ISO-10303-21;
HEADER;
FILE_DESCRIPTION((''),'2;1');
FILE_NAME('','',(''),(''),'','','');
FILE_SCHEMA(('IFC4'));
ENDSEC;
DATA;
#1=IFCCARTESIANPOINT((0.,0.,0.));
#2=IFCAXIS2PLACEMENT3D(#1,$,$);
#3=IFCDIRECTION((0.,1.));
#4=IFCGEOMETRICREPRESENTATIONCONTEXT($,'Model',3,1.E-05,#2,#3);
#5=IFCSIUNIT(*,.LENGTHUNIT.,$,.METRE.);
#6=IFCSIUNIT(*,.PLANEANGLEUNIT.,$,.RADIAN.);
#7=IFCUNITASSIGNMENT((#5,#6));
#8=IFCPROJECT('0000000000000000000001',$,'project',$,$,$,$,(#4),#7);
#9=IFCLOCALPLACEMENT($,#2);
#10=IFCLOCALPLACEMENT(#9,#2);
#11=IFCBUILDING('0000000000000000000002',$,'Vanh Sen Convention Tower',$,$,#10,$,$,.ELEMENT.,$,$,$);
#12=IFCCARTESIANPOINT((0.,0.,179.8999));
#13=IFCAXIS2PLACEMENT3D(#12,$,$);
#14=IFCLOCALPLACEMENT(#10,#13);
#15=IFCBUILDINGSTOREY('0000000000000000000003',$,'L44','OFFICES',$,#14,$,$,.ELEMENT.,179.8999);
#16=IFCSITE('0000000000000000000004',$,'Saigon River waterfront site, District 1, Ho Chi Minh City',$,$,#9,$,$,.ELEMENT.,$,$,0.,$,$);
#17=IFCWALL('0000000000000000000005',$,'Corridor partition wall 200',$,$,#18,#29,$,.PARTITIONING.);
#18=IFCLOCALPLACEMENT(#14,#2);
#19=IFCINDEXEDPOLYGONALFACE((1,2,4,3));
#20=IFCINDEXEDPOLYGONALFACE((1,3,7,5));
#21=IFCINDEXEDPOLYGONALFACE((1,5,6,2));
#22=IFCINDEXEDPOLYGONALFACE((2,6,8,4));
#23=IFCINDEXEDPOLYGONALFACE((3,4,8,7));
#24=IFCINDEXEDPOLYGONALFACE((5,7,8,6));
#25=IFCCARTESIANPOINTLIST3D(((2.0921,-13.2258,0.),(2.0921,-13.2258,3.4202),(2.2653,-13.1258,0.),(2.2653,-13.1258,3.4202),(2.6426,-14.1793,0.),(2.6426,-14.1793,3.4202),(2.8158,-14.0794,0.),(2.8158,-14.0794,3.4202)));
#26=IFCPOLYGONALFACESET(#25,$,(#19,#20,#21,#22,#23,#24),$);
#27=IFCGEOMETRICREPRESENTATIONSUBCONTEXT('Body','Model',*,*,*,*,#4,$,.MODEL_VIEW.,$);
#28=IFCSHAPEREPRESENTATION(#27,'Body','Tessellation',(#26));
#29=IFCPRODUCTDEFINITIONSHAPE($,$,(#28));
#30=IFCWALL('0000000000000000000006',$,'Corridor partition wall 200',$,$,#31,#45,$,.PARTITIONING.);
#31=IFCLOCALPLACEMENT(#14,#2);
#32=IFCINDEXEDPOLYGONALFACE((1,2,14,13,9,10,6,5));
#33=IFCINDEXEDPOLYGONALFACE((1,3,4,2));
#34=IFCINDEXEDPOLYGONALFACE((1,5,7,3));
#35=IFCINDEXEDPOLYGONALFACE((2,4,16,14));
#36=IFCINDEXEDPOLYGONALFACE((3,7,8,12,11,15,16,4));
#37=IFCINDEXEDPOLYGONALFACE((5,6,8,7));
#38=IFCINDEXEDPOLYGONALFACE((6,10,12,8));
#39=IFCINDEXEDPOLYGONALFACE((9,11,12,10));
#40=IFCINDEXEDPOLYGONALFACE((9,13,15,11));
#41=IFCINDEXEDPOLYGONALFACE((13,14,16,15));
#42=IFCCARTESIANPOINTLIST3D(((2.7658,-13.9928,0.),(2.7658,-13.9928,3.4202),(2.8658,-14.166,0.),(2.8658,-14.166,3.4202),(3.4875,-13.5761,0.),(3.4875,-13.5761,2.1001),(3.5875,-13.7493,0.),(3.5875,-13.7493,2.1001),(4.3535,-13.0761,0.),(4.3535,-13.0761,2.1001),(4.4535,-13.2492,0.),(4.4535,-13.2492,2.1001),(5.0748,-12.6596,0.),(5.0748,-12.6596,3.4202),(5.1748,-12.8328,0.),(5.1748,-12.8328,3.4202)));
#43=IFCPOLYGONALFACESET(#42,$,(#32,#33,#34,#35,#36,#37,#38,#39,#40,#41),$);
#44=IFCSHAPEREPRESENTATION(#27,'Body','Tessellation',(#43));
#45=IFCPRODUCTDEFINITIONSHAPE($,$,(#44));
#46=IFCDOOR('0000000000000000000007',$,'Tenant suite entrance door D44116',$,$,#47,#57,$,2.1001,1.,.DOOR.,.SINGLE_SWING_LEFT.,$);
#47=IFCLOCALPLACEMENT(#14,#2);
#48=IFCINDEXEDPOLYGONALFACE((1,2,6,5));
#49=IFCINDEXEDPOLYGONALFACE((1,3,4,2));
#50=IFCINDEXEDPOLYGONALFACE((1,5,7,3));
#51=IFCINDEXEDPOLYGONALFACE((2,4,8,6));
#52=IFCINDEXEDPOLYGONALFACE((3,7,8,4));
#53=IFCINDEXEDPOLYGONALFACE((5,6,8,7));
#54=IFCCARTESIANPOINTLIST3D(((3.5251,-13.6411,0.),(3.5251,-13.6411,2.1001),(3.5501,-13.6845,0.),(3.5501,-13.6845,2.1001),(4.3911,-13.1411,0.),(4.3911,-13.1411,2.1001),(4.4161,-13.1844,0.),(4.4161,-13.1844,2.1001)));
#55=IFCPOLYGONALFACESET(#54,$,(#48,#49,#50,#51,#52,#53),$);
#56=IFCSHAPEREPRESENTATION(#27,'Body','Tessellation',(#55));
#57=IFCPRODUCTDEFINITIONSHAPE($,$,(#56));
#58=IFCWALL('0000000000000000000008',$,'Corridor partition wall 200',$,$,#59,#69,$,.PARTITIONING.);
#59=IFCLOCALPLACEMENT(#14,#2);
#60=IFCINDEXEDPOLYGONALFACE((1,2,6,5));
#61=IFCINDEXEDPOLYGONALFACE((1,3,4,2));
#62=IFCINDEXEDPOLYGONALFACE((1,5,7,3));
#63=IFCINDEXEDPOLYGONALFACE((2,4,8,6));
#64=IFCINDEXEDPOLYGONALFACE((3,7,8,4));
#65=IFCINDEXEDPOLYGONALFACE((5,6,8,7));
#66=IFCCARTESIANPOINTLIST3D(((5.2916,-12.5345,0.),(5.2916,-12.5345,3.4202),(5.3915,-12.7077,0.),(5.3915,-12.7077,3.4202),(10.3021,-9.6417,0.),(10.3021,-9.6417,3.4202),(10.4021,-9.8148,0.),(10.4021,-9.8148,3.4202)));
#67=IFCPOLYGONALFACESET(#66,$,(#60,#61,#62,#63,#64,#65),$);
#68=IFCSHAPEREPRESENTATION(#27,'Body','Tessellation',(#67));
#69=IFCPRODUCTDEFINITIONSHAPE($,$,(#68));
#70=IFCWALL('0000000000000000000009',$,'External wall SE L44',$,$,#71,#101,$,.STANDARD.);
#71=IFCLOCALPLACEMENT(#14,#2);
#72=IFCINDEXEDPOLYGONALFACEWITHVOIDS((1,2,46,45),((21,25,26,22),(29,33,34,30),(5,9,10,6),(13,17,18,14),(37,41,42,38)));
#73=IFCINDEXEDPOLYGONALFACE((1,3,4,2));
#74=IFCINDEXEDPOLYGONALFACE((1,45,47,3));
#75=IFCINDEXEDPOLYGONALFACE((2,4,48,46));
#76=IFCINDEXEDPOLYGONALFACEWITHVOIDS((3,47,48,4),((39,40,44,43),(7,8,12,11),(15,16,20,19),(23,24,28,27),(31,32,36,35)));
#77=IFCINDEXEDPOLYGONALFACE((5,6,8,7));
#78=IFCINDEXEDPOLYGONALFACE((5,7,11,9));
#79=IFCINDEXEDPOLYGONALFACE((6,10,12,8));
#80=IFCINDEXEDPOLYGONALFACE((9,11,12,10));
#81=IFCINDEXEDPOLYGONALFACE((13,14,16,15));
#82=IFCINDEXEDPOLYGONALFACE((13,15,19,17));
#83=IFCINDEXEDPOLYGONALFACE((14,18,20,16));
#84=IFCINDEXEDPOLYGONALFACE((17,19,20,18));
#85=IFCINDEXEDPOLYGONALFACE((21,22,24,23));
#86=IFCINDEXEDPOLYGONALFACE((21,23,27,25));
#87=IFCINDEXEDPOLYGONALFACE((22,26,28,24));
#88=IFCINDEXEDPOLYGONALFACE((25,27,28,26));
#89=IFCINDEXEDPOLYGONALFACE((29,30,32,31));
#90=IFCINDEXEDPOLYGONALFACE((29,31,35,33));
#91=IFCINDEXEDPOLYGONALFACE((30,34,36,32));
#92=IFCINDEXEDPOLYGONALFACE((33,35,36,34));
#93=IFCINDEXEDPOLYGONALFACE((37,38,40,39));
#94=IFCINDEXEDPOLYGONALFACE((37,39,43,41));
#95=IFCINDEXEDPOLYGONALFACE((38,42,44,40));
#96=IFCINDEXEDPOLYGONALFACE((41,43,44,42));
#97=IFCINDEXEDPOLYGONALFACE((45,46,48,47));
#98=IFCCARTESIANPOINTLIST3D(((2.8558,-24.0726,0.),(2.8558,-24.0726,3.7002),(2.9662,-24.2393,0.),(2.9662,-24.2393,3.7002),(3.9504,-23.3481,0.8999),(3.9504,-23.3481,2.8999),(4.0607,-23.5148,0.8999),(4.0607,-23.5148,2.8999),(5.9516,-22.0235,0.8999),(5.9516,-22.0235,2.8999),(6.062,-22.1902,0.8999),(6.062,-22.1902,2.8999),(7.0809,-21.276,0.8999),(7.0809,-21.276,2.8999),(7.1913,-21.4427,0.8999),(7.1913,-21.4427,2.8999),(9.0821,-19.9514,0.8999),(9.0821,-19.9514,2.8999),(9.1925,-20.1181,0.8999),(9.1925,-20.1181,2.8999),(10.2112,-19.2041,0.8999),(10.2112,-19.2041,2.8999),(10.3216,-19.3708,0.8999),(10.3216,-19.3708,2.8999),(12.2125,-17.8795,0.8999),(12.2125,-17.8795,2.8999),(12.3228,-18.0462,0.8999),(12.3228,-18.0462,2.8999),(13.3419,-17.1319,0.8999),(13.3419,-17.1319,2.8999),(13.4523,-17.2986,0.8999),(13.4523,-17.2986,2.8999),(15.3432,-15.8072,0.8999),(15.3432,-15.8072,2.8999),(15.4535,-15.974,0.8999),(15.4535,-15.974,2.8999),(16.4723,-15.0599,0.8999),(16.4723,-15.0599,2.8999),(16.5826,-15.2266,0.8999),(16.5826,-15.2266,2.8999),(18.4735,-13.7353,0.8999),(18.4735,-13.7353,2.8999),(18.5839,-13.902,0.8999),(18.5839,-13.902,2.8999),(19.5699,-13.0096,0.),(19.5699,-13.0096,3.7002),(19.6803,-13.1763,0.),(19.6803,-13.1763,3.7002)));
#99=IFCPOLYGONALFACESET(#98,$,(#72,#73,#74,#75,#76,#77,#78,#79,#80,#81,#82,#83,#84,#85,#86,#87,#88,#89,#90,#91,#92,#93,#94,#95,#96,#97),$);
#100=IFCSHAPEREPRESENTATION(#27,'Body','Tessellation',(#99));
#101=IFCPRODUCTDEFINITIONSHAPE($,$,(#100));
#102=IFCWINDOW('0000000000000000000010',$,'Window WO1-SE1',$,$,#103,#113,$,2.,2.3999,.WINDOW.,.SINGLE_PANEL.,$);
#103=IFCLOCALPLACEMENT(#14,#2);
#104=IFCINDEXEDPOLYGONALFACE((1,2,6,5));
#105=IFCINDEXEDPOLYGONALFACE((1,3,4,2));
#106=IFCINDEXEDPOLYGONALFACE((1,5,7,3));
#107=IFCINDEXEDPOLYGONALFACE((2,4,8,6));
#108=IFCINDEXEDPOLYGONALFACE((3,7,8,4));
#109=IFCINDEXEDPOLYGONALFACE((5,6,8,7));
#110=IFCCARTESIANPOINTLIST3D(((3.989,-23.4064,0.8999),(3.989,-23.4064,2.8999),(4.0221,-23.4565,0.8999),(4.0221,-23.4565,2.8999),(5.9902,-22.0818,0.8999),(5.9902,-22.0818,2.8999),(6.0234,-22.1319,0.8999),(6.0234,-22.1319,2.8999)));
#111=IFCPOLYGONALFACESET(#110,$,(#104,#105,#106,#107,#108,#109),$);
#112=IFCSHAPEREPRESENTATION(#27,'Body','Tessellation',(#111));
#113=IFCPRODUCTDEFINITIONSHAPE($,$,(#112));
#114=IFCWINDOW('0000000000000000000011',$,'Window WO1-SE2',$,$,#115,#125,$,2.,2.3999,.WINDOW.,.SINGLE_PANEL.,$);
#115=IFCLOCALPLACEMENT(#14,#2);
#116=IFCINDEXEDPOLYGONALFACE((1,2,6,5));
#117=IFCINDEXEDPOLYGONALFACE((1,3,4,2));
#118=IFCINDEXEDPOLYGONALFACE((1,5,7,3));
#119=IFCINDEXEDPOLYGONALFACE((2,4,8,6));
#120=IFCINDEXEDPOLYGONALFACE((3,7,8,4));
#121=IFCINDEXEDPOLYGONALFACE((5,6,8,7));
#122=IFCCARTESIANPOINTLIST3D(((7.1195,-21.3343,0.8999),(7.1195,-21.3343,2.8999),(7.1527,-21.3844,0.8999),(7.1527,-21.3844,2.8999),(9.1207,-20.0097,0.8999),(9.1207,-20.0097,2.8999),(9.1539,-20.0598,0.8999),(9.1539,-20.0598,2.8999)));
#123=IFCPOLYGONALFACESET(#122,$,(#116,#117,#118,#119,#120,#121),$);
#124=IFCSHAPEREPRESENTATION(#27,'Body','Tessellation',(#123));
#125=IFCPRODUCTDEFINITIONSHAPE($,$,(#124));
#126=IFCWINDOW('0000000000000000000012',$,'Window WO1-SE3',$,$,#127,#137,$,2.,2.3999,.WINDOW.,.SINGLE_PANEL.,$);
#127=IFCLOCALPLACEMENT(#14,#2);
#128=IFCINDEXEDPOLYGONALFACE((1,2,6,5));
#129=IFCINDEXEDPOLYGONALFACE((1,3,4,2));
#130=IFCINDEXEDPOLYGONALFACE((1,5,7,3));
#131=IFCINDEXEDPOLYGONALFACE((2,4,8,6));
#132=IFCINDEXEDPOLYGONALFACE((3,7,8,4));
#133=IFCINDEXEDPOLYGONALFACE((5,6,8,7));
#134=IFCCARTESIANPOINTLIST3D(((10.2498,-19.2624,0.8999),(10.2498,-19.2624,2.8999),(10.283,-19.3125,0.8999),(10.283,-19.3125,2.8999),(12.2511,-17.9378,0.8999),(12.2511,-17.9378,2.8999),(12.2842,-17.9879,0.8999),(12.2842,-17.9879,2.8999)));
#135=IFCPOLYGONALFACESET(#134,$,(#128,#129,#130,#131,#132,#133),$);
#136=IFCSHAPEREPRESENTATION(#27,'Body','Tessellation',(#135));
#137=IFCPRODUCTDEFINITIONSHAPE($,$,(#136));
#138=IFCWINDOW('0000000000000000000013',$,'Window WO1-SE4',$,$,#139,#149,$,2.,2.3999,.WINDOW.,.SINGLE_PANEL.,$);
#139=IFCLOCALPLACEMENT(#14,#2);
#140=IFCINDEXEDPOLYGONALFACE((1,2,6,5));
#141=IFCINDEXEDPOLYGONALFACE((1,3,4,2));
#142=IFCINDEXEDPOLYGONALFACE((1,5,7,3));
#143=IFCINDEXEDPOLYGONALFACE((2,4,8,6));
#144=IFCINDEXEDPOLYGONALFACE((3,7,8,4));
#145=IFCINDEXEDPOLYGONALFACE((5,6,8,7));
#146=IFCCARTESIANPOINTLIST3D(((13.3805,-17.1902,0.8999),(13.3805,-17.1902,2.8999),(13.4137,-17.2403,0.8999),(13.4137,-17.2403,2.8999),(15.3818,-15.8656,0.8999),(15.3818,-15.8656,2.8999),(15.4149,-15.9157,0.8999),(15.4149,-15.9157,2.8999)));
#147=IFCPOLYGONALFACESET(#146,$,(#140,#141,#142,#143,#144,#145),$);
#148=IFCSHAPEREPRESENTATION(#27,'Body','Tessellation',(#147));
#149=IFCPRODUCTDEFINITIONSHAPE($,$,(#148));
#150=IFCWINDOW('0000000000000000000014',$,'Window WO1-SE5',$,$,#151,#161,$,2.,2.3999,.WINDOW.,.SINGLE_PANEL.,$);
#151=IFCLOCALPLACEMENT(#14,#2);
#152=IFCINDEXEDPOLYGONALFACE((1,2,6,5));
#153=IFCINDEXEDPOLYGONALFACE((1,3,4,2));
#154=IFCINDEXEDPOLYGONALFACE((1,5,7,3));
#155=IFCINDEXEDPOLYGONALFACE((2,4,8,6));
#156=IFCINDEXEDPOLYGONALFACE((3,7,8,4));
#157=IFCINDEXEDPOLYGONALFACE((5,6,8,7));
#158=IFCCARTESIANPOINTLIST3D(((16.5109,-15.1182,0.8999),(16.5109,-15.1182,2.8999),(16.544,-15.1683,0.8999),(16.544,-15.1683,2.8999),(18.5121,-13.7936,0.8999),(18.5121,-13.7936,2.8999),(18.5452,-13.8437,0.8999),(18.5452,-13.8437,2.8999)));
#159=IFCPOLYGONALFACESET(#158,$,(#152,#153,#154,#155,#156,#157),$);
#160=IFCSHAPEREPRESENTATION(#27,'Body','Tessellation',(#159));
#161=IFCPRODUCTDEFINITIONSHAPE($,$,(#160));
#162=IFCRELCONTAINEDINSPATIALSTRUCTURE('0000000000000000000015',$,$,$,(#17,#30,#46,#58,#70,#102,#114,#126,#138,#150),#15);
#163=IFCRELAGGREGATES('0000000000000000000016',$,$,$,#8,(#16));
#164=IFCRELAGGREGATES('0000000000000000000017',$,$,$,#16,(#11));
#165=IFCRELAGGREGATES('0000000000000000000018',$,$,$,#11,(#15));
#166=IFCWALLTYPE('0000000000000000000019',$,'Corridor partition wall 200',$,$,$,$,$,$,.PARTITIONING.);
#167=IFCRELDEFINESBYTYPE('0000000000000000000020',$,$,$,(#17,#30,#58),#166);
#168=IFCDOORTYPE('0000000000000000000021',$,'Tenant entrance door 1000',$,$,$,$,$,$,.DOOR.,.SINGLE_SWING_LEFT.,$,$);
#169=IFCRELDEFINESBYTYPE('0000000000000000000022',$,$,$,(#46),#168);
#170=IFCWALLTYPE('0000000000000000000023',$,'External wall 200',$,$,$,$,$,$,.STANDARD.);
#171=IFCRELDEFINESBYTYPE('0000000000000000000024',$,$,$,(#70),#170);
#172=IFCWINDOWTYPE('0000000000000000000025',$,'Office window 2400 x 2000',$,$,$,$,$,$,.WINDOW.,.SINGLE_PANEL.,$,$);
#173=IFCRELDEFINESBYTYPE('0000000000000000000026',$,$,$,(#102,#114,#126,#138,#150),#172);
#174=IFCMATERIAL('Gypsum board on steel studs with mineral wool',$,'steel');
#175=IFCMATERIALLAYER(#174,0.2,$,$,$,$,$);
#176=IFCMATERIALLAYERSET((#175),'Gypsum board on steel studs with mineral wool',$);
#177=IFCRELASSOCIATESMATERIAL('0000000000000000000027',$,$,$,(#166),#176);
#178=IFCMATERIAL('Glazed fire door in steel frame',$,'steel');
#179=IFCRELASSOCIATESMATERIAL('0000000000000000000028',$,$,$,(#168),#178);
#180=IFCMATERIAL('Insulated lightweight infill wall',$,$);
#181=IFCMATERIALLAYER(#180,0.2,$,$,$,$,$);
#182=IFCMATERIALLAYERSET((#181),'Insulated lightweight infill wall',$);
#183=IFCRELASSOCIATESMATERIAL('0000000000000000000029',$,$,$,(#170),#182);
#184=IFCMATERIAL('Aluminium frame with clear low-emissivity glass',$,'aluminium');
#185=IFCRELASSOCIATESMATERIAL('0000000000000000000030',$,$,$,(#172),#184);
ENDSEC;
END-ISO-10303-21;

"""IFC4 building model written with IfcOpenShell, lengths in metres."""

from ifc_helpers import new_model, si_unit, direction, frame, frame_2d, origin, place, context, subcontext, project, spatial, rectangle, extrude, material, layer, layer_set, type_object, element, fill, save


model = new_model("IFC4")

# Units and contexts
model_context = context("Model", 3, precision=1e-05, world=origin(), true_north=direction((0.0, 1.0)))
body_context = subcontext(model_context, "Body", "Model", "MODEL_VIEW")
ifc_project = project(units=[si_unit("LENGTHUNIT", "METRE"), si_unit("PLANEANGLEUNIT", "RADIAN")], contexts=[model_context])

# Site, building, storey
site_placement = place(None, origin())
site = spatial("IfcSite", under=ifc_project, at=site_placement, Name="Saigon River waterfront site, District 1, Ho Chi Minh City", CompositionType="ELEMENT", RefElevation=0.0)
building_placement = place(site_placement, origin())
building = spatial("IfcBuilding", under=site, at=building_placement, Name="Vanh Sen Convention Tower", CompositionType="ELEMENT")
storey_placement = place(building_placement, frame((0.0, 0.0, 179.8999)))
storey = spatial("IfcBuildingStorey", under=building, at=storey_placement, Name="L44", Description="OFFICES", CompositionType="ELEMENT", Elevation=179.8999)

# Wall
ifc_material_1 = material(Name="Gypsum board on steel studs with mineral wool", Category="steel")
ifc_layer_1 = layer(ifc_material_1, 0.2)
ifc_layer_set_1 = layer_set([ifc_layer_1], Name="Gypsum board on steel studs with mineral wool")
wall_type_1 = type_object("IfcWallType", Name="Corridor partition wall 200", PredefinedType="PARTITIONING", material=ifc_layer_set_1)
wall_1_placement = place(storey_placement, frame((2.1787, -13.1758, 0.0), z_axis=(0.0, 0.0, 1.0), x_axis=(0.499978, -0.866038, 0.0)))
element("IfcWall", 1, at=wall_1_placement, inside=storey, type_object=wall_type_1, Name="Corridor partition wall 200", PredefinedType="PARTITIONING", context=body_context, shape_type="SweptSolid", body=[
    extrude(rectangle(XDim=1.1011, YDim=0.2, at=frame_2d((0.5505, 0.0))), origin(), (0.0, 0.0, 1.0), 3.4202),
])

# Wall, opening, door
wall_2_placement = place(storey_placement, frame((2.8159, -14.0793, 0.0), z_axis=(0.0, 0.0, 1.0), x_axis=(0.866009, 0.500029, 0.0)))
wall_2 = element("IfcWall", 2, at=wall_2_placement, inside=storey, type_object=wall_type_1, Name="Corridor partition wall 200", PredefinedType="PARTITIONING", context=body_context, shape_type="SweptSolid", body=[
    extrude(rectangle(XDim=2.6663, YDim=0.2, at=frame_2d((1.333, 0.0))), origin(), (0.0, 0.0, 1.0), 3.4202),
])
opening_1_placement = place(wall_2_placement, frame((0.8333, 0.0, 0.0)))
opening_1 = element("IfcOpeningElement", 3, at=opening_1_placement, cuts=wall_2, PredefinedType="OPENING", context=body_context, shape_type="SweptSolid", body=[
    extrude(rectangle(XDim=1.0, YDim=2.1001, at=frame_2d((0.5, 1.05))), frame((0.0, 0.1099, 0.0), z_axis=(0.0, -1.0, 0.0), x_axis=(1.0, 0.0, 0.0)), (0.0, 0.0, 1.0), 0.22),
])
ifc_material_2 = material(Name="Glazed fire door in steel frame", Category="steel")
door_type = type_object("IfcDoorType", Name="Tenant entrance door 1000", OperationType="SINGLE_SWING_LEFT", PredefinedType="DOOR", material=ifc_material_2)
door_placement = place(opening_1_placement, origin())
door = element("IfcDoor", 4, at=door_placement, inside=storey, type_object=door_type, Name="Tenant suite entrance door D44116", OperationType="SINGLE_SWING_LEFT", OverallHeight=2.1001, OverallWidth=1.0, PredefinedType="DOOR", context=body_context, shape_type="SweptSolid", body=[
    extrude(rectangle(XDim=1.0, YDim=2.1001, at=frame_2d((0.5, 1.05))), frame((0.0, 0.0249, 0.0), z_axis=(0.0, -1.0, 0.0), x_axis=(1.0, 0.0, 0.0)), (0.0, 0.0, 1.0), 0.05),
])
fill(opening_1, door)

# Wall
wall_3_placement = place(storey_placement, frame((5.3416, -12.6211, 0.0), z_axis=(0.0, 0.0, 1.0), x_axis=(0.866025, 0.500001, 0.0)))
element("IfcWall", 5, at=wall_3_placement, inside=storey, type_object=wall_type_1, Name="Corridor partition wall 200", PredefinedType="PARTITIONING", context=body_context, shape_type="SweptSolid", body=[
    extrude(rectangle(XDim=5.7856, YDim=0.2, at=frame_2d((2.8928, 0.0))), origin(), (0.0, 0.0, 1.0), 3.4202),
])

# Wall, openings, windows
ifc_material_3 = material(Name="Insulated lightweight infill wall")
ifc_layer_2 = layer(ifc_material_3, 0.2)
ifc_layer_set_2 = layer_set([ifc_layer_2], Name="Insulated lightweight infill wall")
wall_type_2 = type_object("IfcWallType", Name="External wall 200", PredefinedType="STANDARD", material=ifc_layer_set_2)
wall_4_placement = place(storey_placement, frame((2.9109, -24.156, 0.0), z_axis=(0.0, 0.0, 1.0), x_axis=(0.833882, 0.551943, 0.0)))
wall_4 = element("IfcWall", 6, at=wall_4_placement, inside=storey, type_object=wall_type_2, Name="External wall SE L44", PredefinedType="STANDARD", context=body_context, shape_type="SweptSolid", body=[
    extrude(rectangle(XDim=20.0437, YDim=0.2, at=frame_2d((10.022, 0.0))), origin(), (0.0, 0.0, 1.0), 3.7002),
])
opening_2_placement = place(wall_4_placement, frame((1.3127, 0.0, 0.8999)))
opening_2 = element("IfcOpeningElement", 7, at=opening_2_placement, cuts=wall_4, PredefinedType="OPENING", context=body_context, shape_type="SweptSolid", body=[
    extrude(rectangle(XDim=2.3999, YDim=2.0, at=frame_2d((1.2, 1.0))), frame((0.0, 0.1099, 0.0), z_axis=(0.0, -1.0, 0.0), x_axis=(1.0, 0.0, 0.0)), (0.0, 0.0, 1.0), 0.22),
])
opening_3_placement = place(wall_4_placement, frame((5.0669, 0.0, 0.8999)))
opening_3 = element("IfcOpeningElement", 8, at=opening_3_placement, cuts=wall_4, PredefinedType="OPENING", context=body_context, shape_type="SweptSolid", body=[
    extrude(rectangle(XDim=2.3999, YDim=2.0, at=frame_2d((1.2, 1.0))), frame((0.0, 0.1099, 0.0), z_axis=(0.0, -1.0, 0.0), x_axis=(1.0, 0.0, 0.0)), (0.0, 0.0, 1.0), 0.22),
])
opening_4_placement = place(wall_4_placement, frame((8.8208, 0.0, 0.8999)))
opening_4 = element("IfcOpeningElement", 9, at=opening_4_placement, cuts=wall_4, PredefinedType="OPENING", context=body_context, shape_type="SweptSolid", body=[
    extrude(rectangle(XDim=2.3999, YDim=2.0, at=frame_2d((1.2, 1.0))), frame((0.0, 0.1099, 0.0), z_axis=(0.0, -1.0, 0.0), x_axis=(1.0, 0.0, 0.0)), (0.0, 0.0, 1.0), 0.22),
])
opening_5_placement = place(wall_4_placement, frame((12.5752, 0.0, 0.8999)))
opening_5 = element("IfcOpeningElement", 10, at=opening_5_placement, cuts=wall_4, PredefinedType="OPENING", context=body_context, shape_type="SweptSolid", body=[
    extrude(rectangle(XDim=2.3999, YDim=2.0, at=frame_2d((1.2, 1.0))), frame((0.0, 0.1099, 0.0), z_axis=(0.0, -1.0, 0.0), x_axis=(1.0, 0.0, 0.0)), (0.0, 0.0, 1.0), 0.22),
])
opening_6_placement = place(wall_4_placement, frame((16.3291, 0.0, 0.8999)))
opening_6 = element("IfcOpeningElement", 11, at=opening_6_placement, cuts=wall_4, PredefinedType="OPENING", context=body_context, shape_type="SweptSolid", body=[
    extrude(rectangle(XDim=2.3999, YDim=2.0, at=frame_2d((1.2, 1.0))), frame((0.0, 0.1099, 0.0), z_axis=(0.0, -1.0, 0.0), x_axis=(1.0, 0.0, 0.0)), (0.0, 0.0, 1.0), 0.22),
])
ifc_material_4 = material(Name="Aluminium frame with clear low-emissivity glass", Category="aluminium")
window_type = type_object("IfcWindowType", Name="Office window 2400 x 2000", PartitioningType="SINGLE_PANEL", PredefinedType="WINDOW", material=ifc_material_4)
window_1_placement = place(opening_2_placement, origin())
window_1 = element("IfcWindow", 12, at=window_1_placement, inside=storey, type_object=window_type, Name="Window WO1-SE1", OverallHeight=2.0, OverallWidth=2.3999, PartitioningType="SINGLE_PANEL", PredefinedType="WINDOW", context=body_context, shape_type="SweptSolid", body=[
    extrude(rectangle(XDim=2.3999, YDim=2.0, at=frame_2d((1.2, 1.0))), frame((0.0, 0.03, 0.0), z_axis=(0.0, -1.0, 0.0), x_axis=(1.0, 0.0, 0.0)), (0.0, 0.0, 1.0), 0.0601),
])
fill(opening_2, window_1)
window_2_placement = place(opening_3_placement, origin())
window_2 = element("IfcWindow", 13, at=window_2_placement, inside=storey, type_object=window_type, Name="Window WO1-SE2", OverallHeight=2.0, OverallWidth=2.3999, PartitioningType="SINGLE_PANEL", PredefinedType="WINDOW", context=body_context, shape_type="SweptSolid", body=[
    extrude(rectangle(XDim=2.3999, YDim=2.0, at=frame_2d((1.2, 1.0))), frame((0.0, 0.03, 0.0), z_axis=(0.0, -1.0, 0.0), x_axis=(1.0, 0.0, 0.0)), (0.0, 0.0, 1.0), 0.0601),
])
fill(opening_3, window_2)
window_3_placement = place(opening_4_placement, origin())
window_3 = element("IfcWindow", 14, at=window_3_placement, inside=storey, type_object=window_type, Name="Window WO1-SE3", OverallHeight=2.0, OverallWidth=2.3999, PartitioningType="SINGLE_PANEL", PredefinedType="WINDOW", context=body_context, shape_type="SweptSolid", body=[
    extrude(rectangle(XDim=2.3999, YDim=2.0, at=frame_2d((1.2, 1.0))), frame((0.0, 0.03, 0.0), z_axis=(0.0, -1.0, 0.0), x_axis=(1.0, 0.0, 0.0)), (0.0, 0.0, 1.0), 0.0601),
])
fill(opening_4, window_3)
window_4_placement = place(opening_5_placement, origin())
window_4 = element("IfcWindow", 15, at=window_4_placement, inside=storey, type_object=window_type, Name="Window WO1-SE4", OverallHeight=2.0, OverallWidth=2.3999, PartitioningType="SINGLE_PANEL", PredefinedType="WINDOW", context=body_context, shape_type="SweptSolid", body=[
    extrude(rectangle(XDim=2.3999, YDim=2.0, at=frame_2d((1.2, 1.0))), frame((0.0, 0.03, 0.0), z_axis=(0.0, -1.0, 0.0), x_axis=(1.0, 0.0, 0.0)), (0.0, 0.0, 1.0), 0.0601),
])
fill(opening_5, window_4)
window_5_placement = place(opening_6_placement, origin())
window_5 = element("IfcWindow", 16, at=window_5_placement, inside=storey, type_object=window_type, Name="Window WO1-SE5", OverallHeight=2.0, OverallWidth=2.3999, PartitioningType="SINGLE_PANEL", PredefinedType="WINDOW", context=body_context, shape_type="SweptSolid", body=[
    extrude(rectangle(XDim=2.3999, YDim=2.0, at=frame_2d((1.2, 1.0))), frame((0.0, 0.03, 0.0), z_axis=(0.0, -1.0, 0.0), x_axis=(1.0, 0.0, 0.0)), (0.0, 0.0, 1.0), 0.0601),
])
fill(opening_6, window_5)

save(model, "model.ifc")
